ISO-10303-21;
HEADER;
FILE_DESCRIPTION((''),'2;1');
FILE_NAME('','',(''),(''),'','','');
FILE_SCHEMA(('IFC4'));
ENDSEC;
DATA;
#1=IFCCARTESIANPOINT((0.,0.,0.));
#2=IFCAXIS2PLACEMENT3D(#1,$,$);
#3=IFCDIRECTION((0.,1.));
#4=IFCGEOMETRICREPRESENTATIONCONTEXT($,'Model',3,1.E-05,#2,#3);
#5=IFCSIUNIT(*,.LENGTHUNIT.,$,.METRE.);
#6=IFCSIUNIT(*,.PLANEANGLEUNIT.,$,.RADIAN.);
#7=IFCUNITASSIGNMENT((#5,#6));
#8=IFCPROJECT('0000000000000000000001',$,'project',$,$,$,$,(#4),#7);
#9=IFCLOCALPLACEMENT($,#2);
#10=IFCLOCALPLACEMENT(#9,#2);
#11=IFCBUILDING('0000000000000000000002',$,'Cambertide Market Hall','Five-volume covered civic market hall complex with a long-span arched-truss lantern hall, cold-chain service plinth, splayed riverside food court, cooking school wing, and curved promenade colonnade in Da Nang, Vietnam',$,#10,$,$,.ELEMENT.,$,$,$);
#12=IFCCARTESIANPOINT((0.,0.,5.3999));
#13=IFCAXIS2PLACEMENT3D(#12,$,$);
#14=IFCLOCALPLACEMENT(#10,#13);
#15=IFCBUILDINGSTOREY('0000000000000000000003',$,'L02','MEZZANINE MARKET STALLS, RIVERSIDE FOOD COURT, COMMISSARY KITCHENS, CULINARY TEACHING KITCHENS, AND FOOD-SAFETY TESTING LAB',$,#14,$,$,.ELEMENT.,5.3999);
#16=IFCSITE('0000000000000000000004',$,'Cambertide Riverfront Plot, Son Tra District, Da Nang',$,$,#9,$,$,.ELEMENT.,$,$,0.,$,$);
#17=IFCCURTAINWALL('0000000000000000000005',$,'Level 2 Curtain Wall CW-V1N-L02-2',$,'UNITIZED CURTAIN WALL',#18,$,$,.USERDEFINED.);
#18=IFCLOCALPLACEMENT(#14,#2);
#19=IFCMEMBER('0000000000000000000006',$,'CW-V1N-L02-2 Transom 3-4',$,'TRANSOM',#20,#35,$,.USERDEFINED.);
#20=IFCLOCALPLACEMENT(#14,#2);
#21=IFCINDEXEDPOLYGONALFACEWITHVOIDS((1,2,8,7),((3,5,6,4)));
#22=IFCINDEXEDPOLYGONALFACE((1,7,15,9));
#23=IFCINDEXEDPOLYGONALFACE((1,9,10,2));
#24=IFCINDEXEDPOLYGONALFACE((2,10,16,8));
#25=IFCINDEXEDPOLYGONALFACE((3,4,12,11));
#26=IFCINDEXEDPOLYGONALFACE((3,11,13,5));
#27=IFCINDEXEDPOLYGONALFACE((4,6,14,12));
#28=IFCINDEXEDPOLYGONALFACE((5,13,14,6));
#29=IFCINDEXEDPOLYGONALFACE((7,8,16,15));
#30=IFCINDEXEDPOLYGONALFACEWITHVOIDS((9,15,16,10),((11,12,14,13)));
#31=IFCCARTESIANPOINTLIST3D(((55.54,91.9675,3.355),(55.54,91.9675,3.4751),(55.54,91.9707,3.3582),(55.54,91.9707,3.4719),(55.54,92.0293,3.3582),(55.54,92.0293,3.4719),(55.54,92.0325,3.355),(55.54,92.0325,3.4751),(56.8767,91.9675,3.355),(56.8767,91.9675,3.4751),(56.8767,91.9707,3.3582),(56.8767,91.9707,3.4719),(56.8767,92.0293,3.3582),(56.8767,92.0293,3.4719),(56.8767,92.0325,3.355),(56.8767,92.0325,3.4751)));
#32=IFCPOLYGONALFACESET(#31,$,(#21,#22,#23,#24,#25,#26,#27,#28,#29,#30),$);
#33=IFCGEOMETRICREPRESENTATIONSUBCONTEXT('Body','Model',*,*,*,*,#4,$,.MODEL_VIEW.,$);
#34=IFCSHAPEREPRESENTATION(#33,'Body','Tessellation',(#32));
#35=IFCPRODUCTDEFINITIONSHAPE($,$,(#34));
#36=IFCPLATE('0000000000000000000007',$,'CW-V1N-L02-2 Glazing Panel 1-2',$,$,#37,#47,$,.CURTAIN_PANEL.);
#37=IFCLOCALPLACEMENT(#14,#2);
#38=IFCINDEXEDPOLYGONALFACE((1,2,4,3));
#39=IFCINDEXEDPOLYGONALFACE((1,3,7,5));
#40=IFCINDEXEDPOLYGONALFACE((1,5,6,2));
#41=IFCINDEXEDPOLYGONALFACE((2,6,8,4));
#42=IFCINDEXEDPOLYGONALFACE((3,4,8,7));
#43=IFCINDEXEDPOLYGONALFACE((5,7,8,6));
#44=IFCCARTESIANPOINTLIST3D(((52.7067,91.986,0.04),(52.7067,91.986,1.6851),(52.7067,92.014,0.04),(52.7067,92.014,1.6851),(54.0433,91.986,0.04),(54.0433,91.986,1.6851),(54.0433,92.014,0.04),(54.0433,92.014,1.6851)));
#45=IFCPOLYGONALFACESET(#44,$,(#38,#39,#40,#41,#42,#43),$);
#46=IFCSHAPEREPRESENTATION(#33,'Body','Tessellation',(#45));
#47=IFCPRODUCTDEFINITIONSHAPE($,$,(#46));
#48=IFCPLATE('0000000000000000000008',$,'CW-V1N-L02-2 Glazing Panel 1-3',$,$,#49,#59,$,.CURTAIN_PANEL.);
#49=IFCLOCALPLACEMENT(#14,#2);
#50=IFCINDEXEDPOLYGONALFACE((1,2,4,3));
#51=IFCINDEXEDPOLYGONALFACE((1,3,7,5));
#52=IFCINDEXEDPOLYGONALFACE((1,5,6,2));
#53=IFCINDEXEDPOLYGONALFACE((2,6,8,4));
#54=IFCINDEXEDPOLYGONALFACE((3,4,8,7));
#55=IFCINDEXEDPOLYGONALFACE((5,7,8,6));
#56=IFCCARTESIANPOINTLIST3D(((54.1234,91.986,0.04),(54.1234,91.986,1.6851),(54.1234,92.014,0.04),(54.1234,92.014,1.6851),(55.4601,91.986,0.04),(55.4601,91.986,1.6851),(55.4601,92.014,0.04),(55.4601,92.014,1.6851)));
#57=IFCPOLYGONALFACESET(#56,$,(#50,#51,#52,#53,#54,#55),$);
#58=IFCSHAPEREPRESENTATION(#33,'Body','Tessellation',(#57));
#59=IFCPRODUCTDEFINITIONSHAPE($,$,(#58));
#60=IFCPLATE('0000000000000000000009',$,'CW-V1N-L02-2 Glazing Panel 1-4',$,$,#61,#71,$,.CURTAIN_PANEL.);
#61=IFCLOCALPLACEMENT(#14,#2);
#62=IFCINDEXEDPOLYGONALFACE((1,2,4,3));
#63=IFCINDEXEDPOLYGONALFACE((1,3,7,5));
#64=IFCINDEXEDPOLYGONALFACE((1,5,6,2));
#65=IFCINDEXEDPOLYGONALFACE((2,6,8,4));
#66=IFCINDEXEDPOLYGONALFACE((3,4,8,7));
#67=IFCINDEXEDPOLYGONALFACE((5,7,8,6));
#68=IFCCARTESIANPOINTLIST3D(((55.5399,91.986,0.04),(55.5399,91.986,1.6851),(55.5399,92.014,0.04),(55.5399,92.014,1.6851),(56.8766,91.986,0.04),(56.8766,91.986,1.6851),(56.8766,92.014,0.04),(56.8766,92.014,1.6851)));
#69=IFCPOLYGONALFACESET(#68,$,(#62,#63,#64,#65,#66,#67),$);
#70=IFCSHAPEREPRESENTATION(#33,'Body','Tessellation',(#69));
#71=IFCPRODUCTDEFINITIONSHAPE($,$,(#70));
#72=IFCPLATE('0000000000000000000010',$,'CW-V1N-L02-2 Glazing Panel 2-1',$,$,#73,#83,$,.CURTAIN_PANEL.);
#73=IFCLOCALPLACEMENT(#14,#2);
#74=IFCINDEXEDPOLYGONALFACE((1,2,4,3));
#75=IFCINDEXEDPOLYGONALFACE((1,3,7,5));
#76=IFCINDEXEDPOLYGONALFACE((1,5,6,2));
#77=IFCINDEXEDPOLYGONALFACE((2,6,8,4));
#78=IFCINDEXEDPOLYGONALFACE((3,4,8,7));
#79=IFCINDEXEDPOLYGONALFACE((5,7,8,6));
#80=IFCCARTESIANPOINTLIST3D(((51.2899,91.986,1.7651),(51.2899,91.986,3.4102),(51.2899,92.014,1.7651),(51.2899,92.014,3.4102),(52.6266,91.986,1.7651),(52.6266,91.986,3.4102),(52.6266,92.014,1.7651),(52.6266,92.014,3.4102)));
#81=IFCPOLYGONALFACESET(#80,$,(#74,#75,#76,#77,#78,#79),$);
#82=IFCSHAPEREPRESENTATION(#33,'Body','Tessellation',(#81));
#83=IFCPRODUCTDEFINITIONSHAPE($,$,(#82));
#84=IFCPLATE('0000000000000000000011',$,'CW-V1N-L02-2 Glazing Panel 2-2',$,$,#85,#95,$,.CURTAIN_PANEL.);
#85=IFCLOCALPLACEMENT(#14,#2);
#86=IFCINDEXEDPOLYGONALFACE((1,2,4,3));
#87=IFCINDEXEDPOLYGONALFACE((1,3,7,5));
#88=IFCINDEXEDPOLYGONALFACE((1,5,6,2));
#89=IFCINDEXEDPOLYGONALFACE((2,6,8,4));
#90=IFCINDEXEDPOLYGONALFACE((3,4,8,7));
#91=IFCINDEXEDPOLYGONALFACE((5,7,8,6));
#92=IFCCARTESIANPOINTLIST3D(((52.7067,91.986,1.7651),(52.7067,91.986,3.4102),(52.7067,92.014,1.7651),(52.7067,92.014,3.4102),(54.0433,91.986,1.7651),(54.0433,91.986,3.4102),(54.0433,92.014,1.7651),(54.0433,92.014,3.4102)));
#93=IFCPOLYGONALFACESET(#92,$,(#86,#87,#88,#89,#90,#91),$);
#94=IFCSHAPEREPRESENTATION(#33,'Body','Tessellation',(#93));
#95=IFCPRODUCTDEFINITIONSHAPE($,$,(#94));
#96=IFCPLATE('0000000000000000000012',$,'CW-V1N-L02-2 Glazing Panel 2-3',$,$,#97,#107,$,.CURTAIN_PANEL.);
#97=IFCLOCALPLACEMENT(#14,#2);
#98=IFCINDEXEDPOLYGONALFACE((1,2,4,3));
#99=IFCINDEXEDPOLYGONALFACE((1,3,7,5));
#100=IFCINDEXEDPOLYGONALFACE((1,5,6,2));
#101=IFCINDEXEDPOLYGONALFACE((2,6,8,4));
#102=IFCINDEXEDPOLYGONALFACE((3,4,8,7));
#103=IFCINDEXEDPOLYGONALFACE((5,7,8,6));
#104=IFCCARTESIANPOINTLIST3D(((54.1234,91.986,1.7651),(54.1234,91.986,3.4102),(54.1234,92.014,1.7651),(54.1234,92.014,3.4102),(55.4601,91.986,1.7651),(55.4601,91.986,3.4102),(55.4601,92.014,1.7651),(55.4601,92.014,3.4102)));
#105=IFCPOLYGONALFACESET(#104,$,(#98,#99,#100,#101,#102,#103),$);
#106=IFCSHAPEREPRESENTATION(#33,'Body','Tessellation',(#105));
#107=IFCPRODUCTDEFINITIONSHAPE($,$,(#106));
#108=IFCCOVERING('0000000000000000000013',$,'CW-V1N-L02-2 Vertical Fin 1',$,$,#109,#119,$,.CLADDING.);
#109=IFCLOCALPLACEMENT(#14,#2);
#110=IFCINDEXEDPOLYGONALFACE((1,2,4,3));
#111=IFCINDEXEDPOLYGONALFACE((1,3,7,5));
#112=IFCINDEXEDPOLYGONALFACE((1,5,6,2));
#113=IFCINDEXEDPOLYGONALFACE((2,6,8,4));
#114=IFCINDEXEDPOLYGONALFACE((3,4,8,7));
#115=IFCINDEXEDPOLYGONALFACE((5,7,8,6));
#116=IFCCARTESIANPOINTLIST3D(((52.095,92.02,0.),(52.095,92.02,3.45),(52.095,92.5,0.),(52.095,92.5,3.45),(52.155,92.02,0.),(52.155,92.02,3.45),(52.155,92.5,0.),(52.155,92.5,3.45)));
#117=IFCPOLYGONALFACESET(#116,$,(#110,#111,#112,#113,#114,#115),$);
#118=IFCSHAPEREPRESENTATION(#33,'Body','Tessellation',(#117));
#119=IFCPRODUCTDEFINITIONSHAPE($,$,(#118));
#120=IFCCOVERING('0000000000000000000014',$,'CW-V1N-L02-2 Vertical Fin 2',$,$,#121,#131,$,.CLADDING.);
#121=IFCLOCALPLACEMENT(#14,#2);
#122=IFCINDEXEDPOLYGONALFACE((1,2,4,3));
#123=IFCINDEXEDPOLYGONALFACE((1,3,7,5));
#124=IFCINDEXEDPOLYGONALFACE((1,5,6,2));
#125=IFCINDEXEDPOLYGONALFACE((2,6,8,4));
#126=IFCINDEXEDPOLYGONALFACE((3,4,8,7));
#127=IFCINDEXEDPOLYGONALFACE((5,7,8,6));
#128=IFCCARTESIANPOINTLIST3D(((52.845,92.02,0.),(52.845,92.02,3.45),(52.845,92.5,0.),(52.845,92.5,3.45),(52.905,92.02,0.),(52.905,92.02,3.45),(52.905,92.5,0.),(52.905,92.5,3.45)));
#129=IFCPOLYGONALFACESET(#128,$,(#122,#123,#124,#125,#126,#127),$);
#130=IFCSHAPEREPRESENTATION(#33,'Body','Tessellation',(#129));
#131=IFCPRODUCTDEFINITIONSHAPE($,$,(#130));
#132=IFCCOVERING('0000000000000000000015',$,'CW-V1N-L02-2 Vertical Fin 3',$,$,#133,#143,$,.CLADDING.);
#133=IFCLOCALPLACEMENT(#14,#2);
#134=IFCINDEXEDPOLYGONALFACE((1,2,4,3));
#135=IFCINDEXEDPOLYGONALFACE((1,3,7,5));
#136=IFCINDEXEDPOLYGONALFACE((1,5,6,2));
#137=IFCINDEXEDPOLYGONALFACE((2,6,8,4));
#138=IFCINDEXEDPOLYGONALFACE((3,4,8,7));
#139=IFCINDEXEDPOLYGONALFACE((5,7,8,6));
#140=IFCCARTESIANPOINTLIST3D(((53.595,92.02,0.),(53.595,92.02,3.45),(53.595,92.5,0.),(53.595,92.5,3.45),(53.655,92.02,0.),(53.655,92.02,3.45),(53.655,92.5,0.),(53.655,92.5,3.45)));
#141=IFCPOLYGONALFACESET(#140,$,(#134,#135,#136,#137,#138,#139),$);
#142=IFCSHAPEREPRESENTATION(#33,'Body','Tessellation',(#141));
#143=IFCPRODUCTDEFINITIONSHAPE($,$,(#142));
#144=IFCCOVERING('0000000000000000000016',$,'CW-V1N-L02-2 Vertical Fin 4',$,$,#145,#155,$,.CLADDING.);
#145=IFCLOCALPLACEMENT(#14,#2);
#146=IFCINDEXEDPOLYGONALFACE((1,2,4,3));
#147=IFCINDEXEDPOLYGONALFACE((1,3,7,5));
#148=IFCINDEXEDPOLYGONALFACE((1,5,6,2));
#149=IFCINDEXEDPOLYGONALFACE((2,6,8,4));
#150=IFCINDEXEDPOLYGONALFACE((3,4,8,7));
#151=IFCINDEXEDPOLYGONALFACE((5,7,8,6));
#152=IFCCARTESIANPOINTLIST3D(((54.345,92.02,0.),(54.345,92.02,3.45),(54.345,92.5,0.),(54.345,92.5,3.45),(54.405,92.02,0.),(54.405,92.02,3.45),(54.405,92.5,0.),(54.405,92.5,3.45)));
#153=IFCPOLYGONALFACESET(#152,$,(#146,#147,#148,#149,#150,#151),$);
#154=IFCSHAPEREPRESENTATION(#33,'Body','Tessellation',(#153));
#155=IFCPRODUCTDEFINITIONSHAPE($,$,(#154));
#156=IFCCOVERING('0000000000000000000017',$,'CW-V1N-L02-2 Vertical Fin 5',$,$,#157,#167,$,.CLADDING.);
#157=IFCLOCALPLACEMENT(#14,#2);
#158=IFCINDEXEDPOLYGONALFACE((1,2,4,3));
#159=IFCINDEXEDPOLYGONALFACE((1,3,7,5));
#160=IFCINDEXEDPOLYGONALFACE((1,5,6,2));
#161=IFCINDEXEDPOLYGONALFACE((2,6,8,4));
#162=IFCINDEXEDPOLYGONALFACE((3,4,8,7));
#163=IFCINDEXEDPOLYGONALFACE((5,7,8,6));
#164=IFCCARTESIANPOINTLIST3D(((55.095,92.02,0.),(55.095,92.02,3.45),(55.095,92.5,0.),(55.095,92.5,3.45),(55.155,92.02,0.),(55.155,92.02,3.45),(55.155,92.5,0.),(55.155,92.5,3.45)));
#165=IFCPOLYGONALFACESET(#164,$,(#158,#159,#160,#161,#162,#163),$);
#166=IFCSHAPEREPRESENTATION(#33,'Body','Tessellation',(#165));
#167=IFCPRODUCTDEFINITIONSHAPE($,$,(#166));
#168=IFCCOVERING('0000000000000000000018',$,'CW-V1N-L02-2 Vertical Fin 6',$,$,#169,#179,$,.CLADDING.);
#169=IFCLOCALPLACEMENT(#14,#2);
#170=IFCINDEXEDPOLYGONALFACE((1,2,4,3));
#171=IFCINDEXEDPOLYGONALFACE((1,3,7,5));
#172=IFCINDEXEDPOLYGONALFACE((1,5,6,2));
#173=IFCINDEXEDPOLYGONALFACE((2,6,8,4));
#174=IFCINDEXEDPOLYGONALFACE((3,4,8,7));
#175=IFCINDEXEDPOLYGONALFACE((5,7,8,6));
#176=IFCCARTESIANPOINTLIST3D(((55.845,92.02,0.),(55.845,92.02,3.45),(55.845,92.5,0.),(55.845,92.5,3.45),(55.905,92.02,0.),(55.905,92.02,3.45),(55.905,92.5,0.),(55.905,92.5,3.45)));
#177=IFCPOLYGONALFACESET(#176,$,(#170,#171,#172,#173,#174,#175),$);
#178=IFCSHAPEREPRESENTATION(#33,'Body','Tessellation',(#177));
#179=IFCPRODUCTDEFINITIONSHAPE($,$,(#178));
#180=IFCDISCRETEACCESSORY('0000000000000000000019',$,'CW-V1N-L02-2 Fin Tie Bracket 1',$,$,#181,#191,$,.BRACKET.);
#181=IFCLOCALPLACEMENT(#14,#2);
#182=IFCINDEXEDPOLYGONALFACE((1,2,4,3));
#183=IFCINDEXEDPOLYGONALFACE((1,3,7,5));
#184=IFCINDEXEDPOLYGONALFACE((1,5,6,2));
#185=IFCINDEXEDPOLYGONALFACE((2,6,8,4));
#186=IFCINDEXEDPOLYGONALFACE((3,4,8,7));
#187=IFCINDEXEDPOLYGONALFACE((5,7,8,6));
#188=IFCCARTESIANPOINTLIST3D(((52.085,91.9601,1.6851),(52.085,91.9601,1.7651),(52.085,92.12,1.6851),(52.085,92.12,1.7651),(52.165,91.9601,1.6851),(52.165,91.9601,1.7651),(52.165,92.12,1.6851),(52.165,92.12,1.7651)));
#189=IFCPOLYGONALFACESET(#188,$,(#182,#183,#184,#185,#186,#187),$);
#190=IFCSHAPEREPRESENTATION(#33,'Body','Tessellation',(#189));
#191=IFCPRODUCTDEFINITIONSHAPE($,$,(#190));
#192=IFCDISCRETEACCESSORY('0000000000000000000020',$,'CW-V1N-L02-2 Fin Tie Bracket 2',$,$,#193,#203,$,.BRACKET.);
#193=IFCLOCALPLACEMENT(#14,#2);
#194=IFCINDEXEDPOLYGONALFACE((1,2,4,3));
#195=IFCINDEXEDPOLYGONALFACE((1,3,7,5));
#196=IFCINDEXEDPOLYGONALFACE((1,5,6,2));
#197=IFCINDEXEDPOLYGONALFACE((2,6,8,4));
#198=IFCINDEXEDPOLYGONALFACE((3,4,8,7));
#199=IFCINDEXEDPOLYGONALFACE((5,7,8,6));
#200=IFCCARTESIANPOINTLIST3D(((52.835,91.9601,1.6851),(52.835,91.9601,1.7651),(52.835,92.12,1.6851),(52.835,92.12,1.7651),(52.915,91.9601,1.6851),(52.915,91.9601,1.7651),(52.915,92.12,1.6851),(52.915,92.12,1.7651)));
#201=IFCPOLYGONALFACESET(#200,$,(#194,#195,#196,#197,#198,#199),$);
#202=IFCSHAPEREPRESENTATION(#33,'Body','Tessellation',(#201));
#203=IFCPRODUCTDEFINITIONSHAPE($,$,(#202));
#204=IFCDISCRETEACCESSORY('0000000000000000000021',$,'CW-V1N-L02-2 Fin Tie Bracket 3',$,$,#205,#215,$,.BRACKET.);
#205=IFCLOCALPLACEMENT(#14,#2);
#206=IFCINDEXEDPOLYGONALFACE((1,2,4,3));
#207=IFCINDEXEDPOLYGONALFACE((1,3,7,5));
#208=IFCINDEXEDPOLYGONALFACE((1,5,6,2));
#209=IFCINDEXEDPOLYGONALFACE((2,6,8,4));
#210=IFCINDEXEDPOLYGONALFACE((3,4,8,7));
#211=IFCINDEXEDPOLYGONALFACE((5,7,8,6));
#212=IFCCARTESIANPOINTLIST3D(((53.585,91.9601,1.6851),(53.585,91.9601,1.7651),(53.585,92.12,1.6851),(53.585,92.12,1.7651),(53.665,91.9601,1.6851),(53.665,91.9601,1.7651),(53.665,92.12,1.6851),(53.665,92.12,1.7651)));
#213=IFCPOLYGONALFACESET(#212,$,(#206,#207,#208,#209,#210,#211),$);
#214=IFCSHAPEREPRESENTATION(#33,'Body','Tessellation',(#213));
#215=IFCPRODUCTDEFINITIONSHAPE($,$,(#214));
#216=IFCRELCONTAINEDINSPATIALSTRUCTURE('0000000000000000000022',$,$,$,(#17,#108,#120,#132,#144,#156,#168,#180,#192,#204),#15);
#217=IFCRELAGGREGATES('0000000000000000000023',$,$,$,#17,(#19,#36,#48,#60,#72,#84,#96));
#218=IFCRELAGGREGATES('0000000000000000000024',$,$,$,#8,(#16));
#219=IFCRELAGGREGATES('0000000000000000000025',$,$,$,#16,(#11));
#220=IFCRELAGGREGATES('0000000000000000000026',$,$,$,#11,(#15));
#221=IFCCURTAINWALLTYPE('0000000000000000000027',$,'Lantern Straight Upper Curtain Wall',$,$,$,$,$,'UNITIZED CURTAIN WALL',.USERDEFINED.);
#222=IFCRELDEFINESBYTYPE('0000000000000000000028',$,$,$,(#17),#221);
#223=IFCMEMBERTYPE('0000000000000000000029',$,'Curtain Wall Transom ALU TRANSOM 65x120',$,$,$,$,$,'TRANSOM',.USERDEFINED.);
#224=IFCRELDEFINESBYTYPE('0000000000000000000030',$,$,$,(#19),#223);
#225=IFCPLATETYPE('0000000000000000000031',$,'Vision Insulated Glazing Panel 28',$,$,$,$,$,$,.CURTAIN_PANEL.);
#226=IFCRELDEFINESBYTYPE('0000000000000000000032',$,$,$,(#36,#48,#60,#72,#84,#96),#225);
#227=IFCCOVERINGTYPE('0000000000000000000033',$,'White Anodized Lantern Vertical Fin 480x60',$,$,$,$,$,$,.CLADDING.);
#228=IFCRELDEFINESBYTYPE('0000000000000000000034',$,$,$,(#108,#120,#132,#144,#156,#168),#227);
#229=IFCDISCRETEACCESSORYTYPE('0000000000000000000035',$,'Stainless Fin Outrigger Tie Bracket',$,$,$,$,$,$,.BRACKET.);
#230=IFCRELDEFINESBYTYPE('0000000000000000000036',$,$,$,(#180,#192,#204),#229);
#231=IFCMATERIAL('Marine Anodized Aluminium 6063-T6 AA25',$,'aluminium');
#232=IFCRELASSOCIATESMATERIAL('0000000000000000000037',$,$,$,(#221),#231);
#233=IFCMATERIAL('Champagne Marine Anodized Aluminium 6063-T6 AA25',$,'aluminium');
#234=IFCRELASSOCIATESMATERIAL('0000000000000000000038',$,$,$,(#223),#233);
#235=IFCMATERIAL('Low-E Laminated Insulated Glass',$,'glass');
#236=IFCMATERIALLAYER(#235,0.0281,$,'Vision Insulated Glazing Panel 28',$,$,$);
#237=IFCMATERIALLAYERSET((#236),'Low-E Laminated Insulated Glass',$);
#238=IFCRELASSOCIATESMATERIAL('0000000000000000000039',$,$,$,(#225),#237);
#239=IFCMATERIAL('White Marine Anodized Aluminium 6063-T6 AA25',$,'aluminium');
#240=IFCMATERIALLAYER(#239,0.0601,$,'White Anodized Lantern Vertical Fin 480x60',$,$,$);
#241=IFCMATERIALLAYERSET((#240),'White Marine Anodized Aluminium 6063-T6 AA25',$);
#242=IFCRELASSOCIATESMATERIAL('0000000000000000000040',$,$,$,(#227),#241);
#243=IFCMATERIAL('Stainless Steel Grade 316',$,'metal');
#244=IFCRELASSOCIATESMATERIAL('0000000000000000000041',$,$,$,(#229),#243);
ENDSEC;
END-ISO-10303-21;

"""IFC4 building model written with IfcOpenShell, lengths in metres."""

from ifc_helpers import new_model, si_unit, direction, frame, origin, origin_2d, place, context, subcontext, project, spatial, rectangle, hollow_rectangle, extrude, material, layer, layer_set, material_profile, profile_set, type_object, element, aggregate, save


model = new_model("IFC4")

# Units and contexts
model_context = context("Model", 3, precision=1e-05, world=origin(), true_north=direction((0.0, 1.0)))
body_context = subcontext(model_context, "Body", "Model", "MODEL_VIEW")
ifc_project = project(units=[si_unit("LENGTHUNIT", "METRE"), si_unit("PLANEANGLEUNIT", "RADIAN")], contexts=[model_context])

# Site, building, storey
site_placement = place(None, origin())
site = spatial("IfcSite", under=ifc_project, at=site_placement, Name="Cambertide Riverfront Plot, Son Tra District, Da Nang", CompositionType="ELEMENT", RefElevation=0.0)
building_placement = place(site_placement, origin())
building = spatial("IfcBuilding", under=site, at=building_placement, Name="Cambertide Market Hall", Description="Five-volume covered civic market hall complex with a long-span arched-truss lantern hall, cold-chain service plinth, splayed riverside food court, cooking school wing, and curved promenade colonnade in Da Nang, Vietnam", CompositionType="ELEMENT")
storey_placement = place(building_placement, frame((0.0, 0.0, 5.3999)))
storey = spatial("IfcBuildingStorey", under=building, at=storey_placement, Name="L02", Description="MEZZANINE MARKET STALLS, RIVERSIDE FOOD COURT, COMMISSARY KITCHENS, CULINARY TEACHING KITCHENS, AND FOOD-SAFETY TESTING LAB", CompositionType="ELEMENT", Elevation=5.3999)

# Curtain wall, member, plates
ifc_material_1 = material(Name="Marine Anodized Aluminium 6063-T6 AA25", Category="aluminium")
curtain_wall_type = type_object("IfcCurtainWallType", Name="Lantern Straight Upper Curtain Wall", ElementType="UNITIZED CURTAIN WALL", PredefinedType="USERDEFINED", material=ifc_material_1)
curtain_wall_placement = place(storey_placement, origin())
curtain_wall = element("IfcCurtainWall", 1, at=curtain_wall_placement, inside=storey, type_object=curtain_wall_type, Name="Level 2 Curtain Wall CW-V1N-L02-2", ObjectType="UNITIZED CURTAIN WALL", PredefinedType="USERDEFINED")
ifc_material_2 = material(Name="Champagne Marine Anodized Aluminium 6063-T6 AA25", Category="aluminium")
ifc_material_profile_1 = material_profile(ifc_material_2, hollow_rectangle(XDim=0.0649, YDim=0.1201, WallThickness=0.0032, at=origin_2d()), Name="ALU TRANSOM 65x120")
ifc_profile_set_1 = profile_set([ifc_material_profile_1], Name="Champagne Marine Anodized Aluminium 6063-T6 AA25")
member_type_1 = type_object("IfcMemberType", Name="Curtain Wall Transom ALU TRANSOM 65x120", ElementType="TRANSOM", PredefinedType="USERDEFINED", material=ifc_profile_set_1)
member_1_placement = place(storey_placement, frame((55.54, 92.0, 3.415), z_axis=(1.0, 0.0, 0.0), x_axis=(0.0, 1.0, 0.0)))
member_1 = element("IfcMember", 2, at=member_1_placement, type_object=member_type_1, Name="CW-V1N-L02-2 Transom 3-4", ObjectType="TRANSOM", PredefinedType="USERDEFINED", context=body_context, shape_type="SweptSolid", body=[
    extrude(hollow_rectangle(XDim=0.0649, YDim=0.1201, WallThickness=0.0032, at=origin_2d()), origin(), (0.0, 0.0, 1.0), 1.3367),
])
ifc_material_3 = material(Name="Low-E Laminated Insulated Glass", Category="glass")
ifc_layer_1 = layer(ifc_material_3, 0.0281, Name="Vision Insulated Glazing Panel 28")
ifc_layer_set_1 = layer_set([ifc_layer_1], Name="Low-E Laminated Insulated Glass")
plate_type = type_object("IfcPlateType", Name="Vision Insulated Glazing Panel 28", PredefinedType="CURTAIN_PANEL", material=ifc_layer_set_1)
plate_1_placement = place(storey_placement, frame((53.375, 92.0, 0.04), z_axis=(0.0, 0.0, 1.0), x_axis=(1.0, 0.0, 0.0)))
plate_1 = element("IfcPlate", 3, at=plate_1_placement, type_object=plate_type, Name="CW-V1N-L02-2 Glazing Panel 1-2", PredefinedType="CURTAIN_PANEL", context=body_context, shape_type="SweptSolid", body=[
    extrude(rectangle(XDim=1.3367, YDim=0.0281, at=origin_2d()), origin(), (0.0, 0.0, 1.0), 1.645),
])
plate_2_placement = place(storey_placement, frame((54.7917, 92.0, 0.04), z_axis=(0.0, 0.0, 1.0), x_axis=(1.0, 0.0, 0.0)))
plate_2 = element("IfcPlate", 4, at=plate_2_placement, type_object=plate_type, Name="CW-V1N-L02-2 Glazing Panel 1-3", PredefinedType="CURTAIN_PANEL", context=body_context, shape_type="SweptSolid", body=[
    extrude(rectangle(XDim=1.3367, YDim=0.0281, at=origin_2d()), origin(), (0.0, 0.0, 1.0), 1.645),
])
plate_3_placement = place(storey_placement, frame((56.2083, 92.0, 0.04), z_axis=(0.0, 0.0, 1.0), x_axis=(1.0, 0.0, 0.0)))
plate_3 = element("IfcPlate", 5, at=plate_3_placement, type_object=plate_type, Name="CW-V1N-L02-2 Glazing Panel 1-4", PredefinedType="CURTAIN_PANEL", context=body_context, shape_type="SweptSolid", body=[
    extrude(rectangle(XDim=1.3367, YDim=0.0281, at=origin_2d()), origin(), (0.0, 0.0, 1.0), 1.645),
])
plate_4_placement = place(storey_placement, frame((51.9583, 92.0, 1.7651), z_axis=(0.0, 0.0, 1.0), x_axis=(1.0, 0.0, 0.0)))
plate_4 = element("IfcPlate", 6, at=plate_4_placement, type_object=plate_type, Name="CW-V1N-L02-2 Glazing Panel 2-1", PredefinedType="CURTAIN_PANEL", context=body_context, shape_type="SweptSolid", body=[
    extrude(rectangle(XDim=1.3367, YDim=0.0281, at=origin_2d()), origin(), (0.0, 0.0, 1.0), 1.645),
])
plate_5_placement = place(storey_placement, frame((53.375, 92.0, 1.7651), z_axis=(0.0, 0.0, 1.0), x_axis=(1.0, 0.0, 0.0)))
plate_5 = element("IfcPlate", 7, at=plate_5_placement, type_object=plate_type, Name="CW-V1N-L02-2 Glazing Panel 2-2", PredefinedType="CURTAIN_PANEL", context=body_context, shape_type="SweptSolid", body=[
    extrude(rectangle(XDim=1.3367, YDim=0.0281, at=origin_2d()), origin(), (0.0, 0.0, 1.0), 1.645),
])
plate_6_placement = place(storey_placement, frame((54.7917, 92.0, 1.7651), z_axis=(0.0, 0.0, 1.0), x_axis=(1.0, 0.0, 0.0)))
plate_6 = element("IfcPlate", 8, at=plate_6_placement, type_object=plate_type, Name="CW-V1N-L02-2 Glazing Panel 2-3", PredefinedType="CURTAIN_PANEL", context=body_context, shape_type="SweptSolid", body=[
    extrude(rectangle(XDim=1.3367, YDim=0.0281, at=origin_2d()), origin(), (0.0, 0.0, 1.0), 1.645),
])
aggregate(curtain_wall, [member_1, plate_1, plate_2, plate_3, plate_4, plate_5, plate_6])

# Coverings
ifc_material_4 = material(Name="White Marine Anodized Aluminium 6063-T6 AA25", Category="aluminium")
ifc_layer_2 = layer(ifc_material_4, 0.0601, Name="White Anodized Lantern Vertical Fin 480x60")
ifc_layer_set_2 = layer_set([ifc_layer_2], Name="White Marine Anodized Aluminium 6063-T6 AA25")
covering_type = type_object("IfcCoveringType", Name="White Anodized Lantern Vertical Fin 480x60", PredefinedType="CLADDING", material=ifc_layer_set_2)
for number, where, z_axis, x_axis, name in (
    (9, (52.125, 92.26, 0.0), (0.0, 0.0, 1.0), (1.0, 0.0, 0.0), "CW-V1N-L02-2 Vertical Fin 1"),
    (10, (52.875, 92.26, 0.0), (0.0, 0.0, 1.0), (1.0, 0.0, 0.0), "CW-V1N-L02-2 Vertical Fin 2"),
    (11, (53.625, 92.26, 0.0), (0.0, 0.0, 1.0), (1.0, 0.0, 0.0), "CW-V1N-L02-2 Vertical Fin 3"),
    (12, (54.375, 92.26, 0.0), (0.0, 0.0, 1.0), (1.0, 0.0, 0.0), "CW-V1N-L02-2 Vertical Fin 4"),
    (13, (55.125, 92.26, 0.0), (0.0, 0.0, 1.0), (1.0, 0.0, 0.0), "CW-V1N-L02-2 Vertical Fin 5"),
    (14, (55.875, 92.26, 0.0), (0.0, 0.0, 1.0), (1.0, 0.0, 0.0), "CW-V1N-L02-2 Vertical Fin 6"),
):
    element("IfcCovering", number, at=place(storey_placement, frame(where, z_axis=z_axis, x_axis=x_axis)), inside=storey, type_object=covering_type, Name=name, PredefinedType="CLADDING", context=body_context, shape_type="SweptSolid", body=[
        extrude(rectangle(XDim=0.0601, YDim=0.48, at=origin_2d()), origin(), (0.0, 0.0, 1.0), 3.45),
    ])

# Discrete accessories
ifc_material_5 = material(Name="Stainless Steel Grade 316", Category="metal")
discrete_accessory_type = type_object("IfcDiscreteAccessoryType", Name="Stainless Fin Outrigger Tie Bracket", PredefinedType="BRACKET", material=ifc_material_5)
for number, where, z_axis, x_axis, name in (
    (15, (52.125, 92.04, 1.6851), (0.0, 0.0, 1.0), (1.0, 0.0, 0.0), "CW-V1N-L02-2 Fin Tie Bracket 1"),
    (16, (52.875, 92.04, 1.6851), (0.0, 0.0, 1.0), (1.0, 0.0, 0.0), "CW-V1N-L02-2 Fin Tie Bracket 2"),
    (17, (53.625, 92.04, 1.6851), (0.0, 0.0, 1.0), (1.0, 0.0, 0.0), "CW-V1N-L02-2 Fin Tie Bracket 3"),
):
    element("IfcDiscreteAccessory", number, at=place(storey_placement, frame(where, z_axis=z_axis, x_axis=x_axis)), inside=storey, type_object=discrete_accessory_type, Name=name, PredefinedType="BRACKET", context=body_context, shape_type="SweptSolid", body=[
        extrude(rectangle(XDim=0.0801, YDim=0.1599, at=origin_2d()), origin(), (0.0, 0.0, 1.0), 0.0801),
    ])

save(model, "model.ifc")
